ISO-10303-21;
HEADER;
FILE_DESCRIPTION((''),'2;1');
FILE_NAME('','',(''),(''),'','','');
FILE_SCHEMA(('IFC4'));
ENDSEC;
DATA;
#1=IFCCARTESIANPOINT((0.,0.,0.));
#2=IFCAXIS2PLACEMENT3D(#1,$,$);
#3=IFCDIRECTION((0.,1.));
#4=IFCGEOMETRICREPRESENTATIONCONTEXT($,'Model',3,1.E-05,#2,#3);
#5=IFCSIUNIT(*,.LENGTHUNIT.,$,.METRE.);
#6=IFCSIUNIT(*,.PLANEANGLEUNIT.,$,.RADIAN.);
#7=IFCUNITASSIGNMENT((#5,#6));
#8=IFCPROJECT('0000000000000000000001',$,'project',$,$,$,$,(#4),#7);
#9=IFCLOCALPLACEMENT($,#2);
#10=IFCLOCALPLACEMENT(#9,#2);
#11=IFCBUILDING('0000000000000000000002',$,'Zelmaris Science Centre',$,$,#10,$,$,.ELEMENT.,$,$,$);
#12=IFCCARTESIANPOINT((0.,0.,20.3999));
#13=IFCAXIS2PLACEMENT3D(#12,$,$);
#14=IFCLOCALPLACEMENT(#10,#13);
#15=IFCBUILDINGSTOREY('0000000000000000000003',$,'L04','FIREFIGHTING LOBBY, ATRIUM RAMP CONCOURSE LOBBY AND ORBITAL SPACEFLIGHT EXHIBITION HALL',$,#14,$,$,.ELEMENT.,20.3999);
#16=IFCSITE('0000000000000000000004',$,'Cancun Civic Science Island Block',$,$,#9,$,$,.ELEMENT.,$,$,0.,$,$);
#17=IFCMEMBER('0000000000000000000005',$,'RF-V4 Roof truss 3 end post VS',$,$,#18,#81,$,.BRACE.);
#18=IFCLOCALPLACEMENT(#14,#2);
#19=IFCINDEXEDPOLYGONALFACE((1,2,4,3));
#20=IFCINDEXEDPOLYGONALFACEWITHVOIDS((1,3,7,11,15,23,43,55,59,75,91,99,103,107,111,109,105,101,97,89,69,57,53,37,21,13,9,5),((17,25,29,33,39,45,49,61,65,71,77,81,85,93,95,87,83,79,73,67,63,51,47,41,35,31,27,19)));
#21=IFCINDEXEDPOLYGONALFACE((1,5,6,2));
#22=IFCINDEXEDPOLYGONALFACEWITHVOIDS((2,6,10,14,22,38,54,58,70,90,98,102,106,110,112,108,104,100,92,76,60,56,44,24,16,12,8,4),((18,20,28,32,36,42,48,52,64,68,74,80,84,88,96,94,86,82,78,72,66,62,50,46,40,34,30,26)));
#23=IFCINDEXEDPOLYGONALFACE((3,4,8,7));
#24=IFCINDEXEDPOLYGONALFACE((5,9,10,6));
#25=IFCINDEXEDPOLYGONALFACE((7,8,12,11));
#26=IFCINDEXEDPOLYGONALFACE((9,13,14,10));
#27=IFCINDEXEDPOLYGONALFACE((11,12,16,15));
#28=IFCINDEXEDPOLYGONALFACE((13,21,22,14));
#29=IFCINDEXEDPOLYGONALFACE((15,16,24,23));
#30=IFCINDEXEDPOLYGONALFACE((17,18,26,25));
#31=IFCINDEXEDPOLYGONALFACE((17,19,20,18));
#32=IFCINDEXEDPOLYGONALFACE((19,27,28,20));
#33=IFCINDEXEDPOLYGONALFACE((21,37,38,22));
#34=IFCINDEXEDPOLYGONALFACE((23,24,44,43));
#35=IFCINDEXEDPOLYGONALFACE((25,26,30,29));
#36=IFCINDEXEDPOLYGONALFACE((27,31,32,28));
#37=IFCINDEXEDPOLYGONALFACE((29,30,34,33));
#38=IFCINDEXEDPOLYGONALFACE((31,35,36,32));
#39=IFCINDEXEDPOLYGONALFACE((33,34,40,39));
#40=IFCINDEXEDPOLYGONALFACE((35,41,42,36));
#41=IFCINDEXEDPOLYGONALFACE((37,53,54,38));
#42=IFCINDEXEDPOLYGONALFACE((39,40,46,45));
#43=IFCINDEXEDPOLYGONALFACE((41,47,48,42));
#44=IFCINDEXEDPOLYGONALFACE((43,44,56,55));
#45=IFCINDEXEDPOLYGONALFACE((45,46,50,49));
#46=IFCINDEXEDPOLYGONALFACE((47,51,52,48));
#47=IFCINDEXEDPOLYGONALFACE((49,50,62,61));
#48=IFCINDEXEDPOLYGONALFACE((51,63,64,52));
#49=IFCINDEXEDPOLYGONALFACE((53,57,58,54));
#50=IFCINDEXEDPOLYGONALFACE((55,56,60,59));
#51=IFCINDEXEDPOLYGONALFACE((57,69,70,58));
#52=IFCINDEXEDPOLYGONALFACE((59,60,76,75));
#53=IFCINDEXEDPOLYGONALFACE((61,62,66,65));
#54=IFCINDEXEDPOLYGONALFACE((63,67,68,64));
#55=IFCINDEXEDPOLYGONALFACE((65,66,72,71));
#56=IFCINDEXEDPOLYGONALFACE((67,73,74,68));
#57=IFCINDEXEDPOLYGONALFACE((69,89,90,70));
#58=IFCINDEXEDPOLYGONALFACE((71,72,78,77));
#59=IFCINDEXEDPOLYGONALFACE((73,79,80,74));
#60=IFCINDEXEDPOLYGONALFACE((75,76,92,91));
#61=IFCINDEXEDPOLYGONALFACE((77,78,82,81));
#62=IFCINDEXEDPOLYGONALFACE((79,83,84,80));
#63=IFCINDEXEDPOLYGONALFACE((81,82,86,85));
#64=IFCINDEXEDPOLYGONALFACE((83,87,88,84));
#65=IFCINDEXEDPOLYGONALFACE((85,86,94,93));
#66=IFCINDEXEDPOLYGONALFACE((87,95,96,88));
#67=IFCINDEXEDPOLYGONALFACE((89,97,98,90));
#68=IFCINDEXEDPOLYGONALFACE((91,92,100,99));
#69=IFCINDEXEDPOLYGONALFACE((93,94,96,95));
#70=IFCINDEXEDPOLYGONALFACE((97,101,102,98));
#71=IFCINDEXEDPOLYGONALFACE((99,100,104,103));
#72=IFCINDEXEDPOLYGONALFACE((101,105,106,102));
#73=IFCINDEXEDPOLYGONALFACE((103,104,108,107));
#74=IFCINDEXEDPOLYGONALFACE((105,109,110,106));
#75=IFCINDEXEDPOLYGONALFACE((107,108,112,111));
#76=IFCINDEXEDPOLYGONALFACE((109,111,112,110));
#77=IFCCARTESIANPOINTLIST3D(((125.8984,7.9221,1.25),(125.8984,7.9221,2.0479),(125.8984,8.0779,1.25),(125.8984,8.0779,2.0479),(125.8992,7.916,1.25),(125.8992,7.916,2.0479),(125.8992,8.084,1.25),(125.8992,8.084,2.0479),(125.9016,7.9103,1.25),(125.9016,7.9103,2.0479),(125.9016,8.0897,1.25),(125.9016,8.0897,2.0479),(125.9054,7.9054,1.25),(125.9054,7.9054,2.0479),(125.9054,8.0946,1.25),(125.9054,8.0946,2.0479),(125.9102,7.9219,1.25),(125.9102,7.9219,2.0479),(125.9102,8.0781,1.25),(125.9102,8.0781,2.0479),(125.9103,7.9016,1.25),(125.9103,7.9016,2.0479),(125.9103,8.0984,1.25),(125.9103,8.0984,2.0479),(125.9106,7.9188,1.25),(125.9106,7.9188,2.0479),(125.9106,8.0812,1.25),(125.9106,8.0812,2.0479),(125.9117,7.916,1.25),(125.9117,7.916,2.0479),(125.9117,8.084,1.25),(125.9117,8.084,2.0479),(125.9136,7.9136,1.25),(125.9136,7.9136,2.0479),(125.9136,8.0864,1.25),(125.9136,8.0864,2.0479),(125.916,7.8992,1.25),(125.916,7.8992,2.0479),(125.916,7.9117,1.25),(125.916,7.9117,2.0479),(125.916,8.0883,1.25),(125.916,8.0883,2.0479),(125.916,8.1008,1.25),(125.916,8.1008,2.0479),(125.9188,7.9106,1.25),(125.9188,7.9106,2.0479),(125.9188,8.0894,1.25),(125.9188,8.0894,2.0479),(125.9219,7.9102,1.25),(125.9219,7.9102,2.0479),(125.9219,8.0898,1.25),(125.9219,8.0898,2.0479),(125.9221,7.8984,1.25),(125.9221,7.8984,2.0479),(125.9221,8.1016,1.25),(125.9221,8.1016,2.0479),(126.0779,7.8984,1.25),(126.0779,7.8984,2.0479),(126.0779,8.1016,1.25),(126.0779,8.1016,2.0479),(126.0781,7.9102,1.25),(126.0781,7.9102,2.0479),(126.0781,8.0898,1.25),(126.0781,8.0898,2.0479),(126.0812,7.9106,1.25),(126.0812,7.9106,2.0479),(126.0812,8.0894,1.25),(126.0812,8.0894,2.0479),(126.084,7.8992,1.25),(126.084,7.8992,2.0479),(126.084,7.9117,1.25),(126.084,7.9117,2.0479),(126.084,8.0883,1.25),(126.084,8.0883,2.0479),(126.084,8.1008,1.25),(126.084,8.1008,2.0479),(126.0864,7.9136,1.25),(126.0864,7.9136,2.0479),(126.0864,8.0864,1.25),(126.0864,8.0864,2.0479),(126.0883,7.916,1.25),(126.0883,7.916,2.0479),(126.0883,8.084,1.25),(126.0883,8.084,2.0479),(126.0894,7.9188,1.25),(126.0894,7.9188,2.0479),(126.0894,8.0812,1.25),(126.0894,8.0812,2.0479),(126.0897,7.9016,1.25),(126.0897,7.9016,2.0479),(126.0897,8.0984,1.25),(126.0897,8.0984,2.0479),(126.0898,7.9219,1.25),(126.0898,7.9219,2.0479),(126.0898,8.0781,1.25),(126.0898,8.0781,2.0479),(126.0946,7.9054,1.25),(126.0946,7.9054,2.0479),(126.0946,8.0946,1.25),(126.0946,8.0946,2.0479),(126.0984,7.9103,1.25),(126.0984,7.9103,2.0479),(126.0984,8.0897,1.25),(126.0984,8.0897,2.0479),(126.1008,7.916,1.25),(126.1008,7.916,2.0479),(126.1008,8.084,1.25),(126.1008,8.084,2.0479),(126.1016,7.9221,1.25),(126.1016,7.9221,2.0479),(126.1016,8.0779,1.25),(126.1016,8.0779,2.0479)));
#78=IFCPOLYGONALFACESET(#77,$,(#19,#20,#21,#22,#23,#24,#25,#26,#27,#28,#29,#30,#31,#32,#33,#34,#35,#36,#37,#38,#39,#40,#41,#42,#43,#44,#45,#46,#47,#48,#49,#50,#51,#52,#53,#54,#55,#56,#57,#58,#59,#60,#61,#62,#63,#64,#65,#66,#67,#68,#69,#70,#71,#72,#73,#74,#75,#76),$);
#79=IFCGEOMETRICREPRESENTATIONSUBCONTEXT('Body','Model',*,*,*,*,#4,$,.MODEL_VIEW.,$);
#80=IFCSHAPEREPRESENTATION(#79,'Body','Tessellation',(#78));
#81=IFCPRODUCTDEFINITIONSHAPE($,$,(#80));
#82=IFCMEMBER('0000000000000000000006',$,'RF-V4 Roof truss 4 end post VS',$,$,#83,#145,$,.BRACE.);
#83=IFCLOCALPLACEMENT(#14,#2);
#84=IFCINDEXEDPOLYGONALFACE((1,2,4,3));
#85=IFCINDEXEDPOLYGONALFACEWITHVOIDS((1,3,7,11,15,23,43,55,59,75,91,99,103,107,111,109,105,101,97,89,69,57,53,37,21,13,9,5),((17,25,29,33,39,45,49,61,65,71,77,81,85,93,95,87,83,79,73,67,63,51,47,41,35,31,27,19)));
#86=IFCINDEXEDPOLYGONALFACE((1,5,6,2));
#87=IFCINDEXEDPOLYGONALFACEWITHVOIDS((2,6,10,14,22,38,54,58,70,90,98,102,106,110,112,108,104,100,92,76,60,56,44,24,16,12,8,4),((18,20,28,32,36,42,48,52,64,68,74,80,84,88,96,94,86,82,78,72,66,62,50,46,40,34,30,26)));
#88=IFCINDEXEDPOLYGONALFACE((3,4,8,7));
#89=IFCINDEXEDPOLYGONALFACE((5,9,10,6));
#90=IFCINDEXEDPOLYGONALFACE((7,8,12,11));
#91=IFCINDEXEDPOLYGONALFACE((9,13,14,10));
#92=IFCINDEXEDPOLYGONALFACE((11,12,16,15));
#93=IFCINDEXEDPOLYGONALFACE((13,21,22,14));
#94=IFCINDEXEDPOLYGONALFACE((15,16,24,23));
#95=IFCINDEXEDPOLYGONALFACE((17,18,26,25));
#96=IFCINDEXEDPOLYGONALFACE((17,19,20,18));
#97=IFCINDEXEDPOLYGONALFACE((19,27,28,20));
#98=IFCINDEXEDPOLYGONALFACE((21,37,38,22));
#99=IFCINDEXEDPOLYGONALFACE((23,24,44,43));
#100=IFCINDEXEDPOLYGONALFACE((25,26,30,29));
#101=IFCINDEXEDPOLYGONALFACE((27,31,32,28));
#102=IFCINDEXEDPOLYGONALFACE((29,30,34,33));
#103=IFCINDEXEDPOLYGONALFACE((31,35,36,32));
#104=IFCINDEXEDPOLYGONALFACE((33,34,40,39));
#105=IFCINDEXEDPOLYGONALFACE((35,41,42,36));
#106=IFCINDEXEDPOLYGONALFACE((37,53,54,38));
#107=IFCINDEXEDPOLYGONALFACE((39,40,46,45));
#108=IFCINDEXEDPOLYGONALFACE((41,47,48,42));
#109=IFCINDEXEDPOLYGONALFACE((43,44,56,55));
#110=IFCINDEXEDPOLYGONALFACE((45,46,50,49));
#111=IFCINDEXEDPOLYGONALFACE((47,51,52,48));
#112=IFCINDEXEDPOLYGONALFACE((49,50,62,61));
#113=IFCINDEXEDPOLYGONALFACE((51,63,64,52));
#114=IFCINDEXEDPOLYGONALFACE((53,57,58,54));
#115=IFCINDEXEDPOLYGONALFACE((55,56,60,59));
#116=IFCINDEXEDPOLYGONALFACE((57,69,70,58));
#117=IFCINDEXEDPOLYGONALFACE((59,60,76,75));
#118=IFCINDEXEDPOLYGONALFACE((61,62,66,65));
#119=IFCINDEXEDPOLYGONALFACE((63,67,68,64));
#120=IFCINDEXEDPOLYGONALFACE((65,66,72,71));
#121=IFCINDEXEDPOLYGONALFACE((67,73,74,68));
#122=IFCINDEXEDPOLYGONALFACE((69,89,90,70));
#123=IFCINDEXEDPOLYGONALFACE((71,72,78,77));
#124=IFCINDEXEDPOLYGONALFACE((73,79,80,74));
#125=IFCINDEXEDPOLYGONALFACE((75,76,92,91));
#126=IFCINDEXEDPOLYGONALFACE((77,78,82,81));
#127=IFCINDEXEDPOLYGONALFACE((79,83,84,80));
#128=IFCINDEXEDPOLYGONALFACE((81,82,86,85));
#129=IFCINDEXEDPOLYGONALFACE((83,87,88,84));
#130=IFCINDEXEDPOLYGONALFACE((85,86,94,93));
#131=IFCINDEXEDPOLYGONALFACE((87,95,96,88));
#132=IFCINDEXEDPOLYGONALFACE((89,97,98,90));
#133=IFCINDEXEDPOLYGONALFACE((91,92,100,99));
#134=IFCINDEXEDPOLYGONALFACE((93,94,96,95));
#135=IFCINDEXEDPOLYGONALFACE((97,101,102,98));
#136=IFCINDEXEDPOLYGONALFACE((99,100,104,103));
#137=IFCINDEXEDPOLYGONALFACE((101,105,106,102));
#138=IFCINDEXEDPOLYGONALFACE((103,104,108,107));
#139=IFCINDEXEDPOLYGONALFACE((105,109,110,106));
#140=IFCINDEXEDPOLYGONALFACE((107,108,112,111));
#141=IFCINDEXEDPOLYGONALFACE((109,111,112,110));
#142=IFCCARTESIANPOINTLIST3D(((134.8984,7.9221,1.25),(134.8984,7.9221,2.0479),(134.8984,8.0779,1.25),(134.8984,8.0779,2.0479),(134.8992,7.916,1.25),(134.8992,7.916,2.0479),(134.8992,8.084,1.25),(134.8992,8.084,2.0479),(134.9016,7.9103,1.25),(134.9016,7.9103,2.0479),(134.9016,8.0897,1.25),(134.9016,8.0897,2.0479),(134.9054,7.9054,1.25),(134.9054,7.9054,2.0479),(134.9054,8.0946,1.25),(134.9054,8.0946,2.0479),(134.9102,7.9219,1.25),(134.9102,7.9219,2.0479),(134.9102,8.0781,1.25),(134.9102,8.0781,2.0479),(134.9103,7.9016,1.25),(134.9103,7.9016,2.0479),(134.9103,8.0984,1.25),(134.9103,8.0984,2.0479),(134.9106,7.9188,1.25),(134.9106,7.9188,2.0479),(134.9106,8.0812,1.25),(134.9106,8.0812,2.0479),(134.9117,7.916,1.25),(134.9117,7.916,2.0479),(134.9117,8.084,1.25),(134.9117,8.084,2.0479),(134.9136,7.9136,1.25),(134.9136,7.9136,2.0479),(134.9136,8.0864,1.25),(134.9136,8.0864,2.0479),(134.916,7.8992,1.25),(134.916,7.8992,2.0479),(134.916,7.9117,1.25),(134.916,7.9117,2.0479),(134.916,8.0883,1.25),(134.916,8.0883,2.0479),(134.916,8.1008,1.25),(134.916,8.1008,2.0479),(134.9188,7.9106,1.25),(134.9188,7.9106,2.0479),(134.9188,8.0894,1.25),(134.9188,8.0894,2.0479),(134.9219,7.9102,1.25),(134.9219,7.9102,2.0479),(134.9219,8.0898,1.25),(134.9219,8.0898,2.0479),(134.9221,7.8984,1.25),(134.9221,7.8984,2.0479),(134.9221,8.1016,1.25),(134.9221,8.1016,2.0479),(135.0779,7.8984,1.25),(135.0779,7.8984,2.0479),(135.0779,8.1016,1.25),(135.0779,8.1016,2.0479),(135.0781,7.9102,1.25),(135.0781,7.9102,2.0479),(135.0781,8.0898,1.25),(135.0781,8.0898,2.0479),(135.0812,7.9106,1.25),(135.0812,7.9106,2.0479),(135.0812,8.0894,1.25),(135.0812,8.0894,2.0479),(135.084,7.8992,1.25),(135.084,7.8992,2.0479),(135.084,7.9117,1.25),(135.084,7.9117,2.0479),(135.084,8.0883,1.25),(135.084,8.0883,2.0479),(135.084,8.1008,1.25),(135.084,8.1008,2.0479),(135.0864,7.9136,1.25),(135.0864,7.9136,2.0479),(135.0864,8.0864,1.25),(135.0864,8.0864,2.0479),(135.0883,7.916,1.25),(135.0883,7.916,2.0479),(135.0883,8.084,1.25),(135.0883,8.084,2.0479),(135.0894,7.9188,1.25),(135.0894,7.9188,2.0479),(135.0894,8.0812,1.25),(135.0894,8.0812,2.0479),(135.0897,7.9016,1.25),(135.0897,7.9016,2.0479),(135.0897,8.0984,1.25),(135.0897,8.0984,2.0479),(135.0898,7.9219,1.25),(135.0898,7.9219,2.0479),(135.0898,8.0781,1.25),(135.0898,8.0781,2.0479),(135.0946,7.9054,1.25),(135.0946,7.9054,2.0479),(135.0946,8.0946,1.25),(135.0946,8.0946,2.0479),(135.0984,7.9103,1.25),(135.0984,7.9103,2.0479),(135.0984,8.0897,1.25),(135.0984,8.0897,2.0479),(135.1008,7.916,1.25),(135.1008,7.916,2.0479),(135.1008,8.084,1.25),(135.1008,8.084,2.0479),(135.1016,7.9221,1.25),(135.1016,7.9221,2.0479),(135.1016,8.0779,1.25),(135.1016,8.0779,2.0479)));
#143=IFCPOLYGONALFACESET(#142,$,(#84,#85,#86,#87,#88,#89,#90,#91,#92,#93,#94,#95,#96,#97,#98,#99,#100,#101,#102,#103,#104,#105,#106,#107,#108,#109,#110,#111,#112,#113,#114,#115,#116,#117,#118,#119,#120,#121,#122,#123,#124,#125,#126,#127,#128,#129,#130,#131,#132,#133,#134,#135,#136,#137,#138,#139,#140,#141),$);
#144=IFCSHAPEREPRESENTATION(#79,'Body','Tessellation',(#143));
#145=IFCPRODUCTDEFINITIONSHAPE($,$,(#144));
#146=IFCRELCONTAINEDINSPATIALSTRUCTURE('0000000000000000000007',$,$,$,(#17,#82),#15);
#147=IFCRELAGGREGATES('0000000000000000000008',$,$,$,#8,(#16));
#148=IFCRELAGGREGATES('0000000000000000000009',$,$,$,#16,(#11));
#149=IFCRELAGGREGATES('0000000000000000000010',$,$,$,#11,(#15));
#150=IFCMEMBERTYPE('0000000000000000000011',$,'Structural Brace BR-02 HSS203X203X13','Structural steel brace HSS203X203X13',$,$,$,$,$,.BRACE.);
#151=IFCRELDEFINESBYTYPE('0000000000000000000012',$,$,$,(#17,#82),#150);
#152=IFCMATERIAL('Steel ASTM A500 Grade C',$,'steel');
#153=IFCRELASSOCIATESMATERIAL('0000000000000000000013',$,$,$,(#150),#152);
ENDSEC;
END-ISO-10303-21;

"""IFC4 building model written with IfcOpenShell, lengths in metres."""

from ifc_helpers import new_model, si_unit, direction, frame, origin, origin_2d, place, context, subcontext, project, spatial, hollow_rectangle, extrude, material, material_profile, profile_set, type_object, element, save


model = new_model("IFC4")

# Units and contexts
model_context = context("Model", 3, precision=1e-05, world=origin(), true_north=direction((0.0, 1.0)))
body_context = subcontext(model_context, "Body", "Model", "MODEL_VIEW")
ifc_project = project(units=[si_unit("LENGTHUNIT", "METRE"), si_unit("PLANEANGLEUNIT", "RADIAN")], contexts=[model_context])

# Site, building, storey
site_placement = place(None, origin())
site = spatial("IfcSite", under=ifc_project, at=site_placement, Name="Cancun Civic Science Island Block", CompositionType="ELEMENT", RefElevation=0.0)
building_placement = place(site_placement, origin())
building = spatial("IfcBuilding", under=site, at=building_placement, Name="Zelmaris Science Centre", CompositionType="ELEMENT")
storey_placement = place(building_placement, frame((0.0, 0.0, 20.3999)))
storey = spatial("IfcBuildingStorey", under=building, at=storey_placement, Name="L04", Description="FIREFIGHTING LOBBY, ATRIUM RAMP CONCOURSE LOBBY AND ORBITAL SPACEFLIGHT EXHIBITION HALL", CompositionType="ELEMENT", Elevation=20.3999)

# Shared definitions
ifc_material = material(Name="Steel ASTM A500 Grade C", Category="steel")

# Members
ifc_material_profile_1 = material_profile(ifc_material, hollow_rectangle(XDim=0.2031, YDim=0.2031, WallThickness=0.0117, InnerFilletRadius=0.0117, OuterFilletRadius=0.0237, at=origin_2d()), Name="HSS203X203X13")
ifc_profile_set_1 = profile_set([ifc_material_profile_1], Name="Steel ASTM A500 Grade C")
member_type_1 = type_object("IfcMemberType", Name="Structural Brace BR-02 HSS203X203X13", Description="Structural steel brace HSS203X203X13", PredefinedType="BRACE", material=ifc_profile_set_1)
for number, where, z_axis, x_axis, name in (
    (1, (126.0, 8.0, 1.25), (0.0, 0.0, 1.0), (1.0, 0.0, 0.0), "RF-V4 Roof truss 3 end post VS"),
    (2, (135.0, 8.0, 1.25), (0.0, 0.0, 1.0), (1.0, 0.0, 0.0), "RF-V4 Roof truss 4 end post VS"),
):
    element("IfcMember", number, at=place(storey_placement, frame(where, z_axis=z_axis, x_axis=x_axis)), inside=storey, type_object=member_type_1, Name=name, PredefinedType="BRACE", context=body_context, shape_type="SweptSolid", body=[
        extrude(hollow_rectangle(XDim=0.2031, YDim=0.2031, WallThickness=0.0117, InnerFilletRadius=0.0117, OuterFilletRadius=0.0237, at=origin_2d()), origin(), (0.0, 0.0, 1.0), 0.7979),
    ])

save(model, "model.ifc")
